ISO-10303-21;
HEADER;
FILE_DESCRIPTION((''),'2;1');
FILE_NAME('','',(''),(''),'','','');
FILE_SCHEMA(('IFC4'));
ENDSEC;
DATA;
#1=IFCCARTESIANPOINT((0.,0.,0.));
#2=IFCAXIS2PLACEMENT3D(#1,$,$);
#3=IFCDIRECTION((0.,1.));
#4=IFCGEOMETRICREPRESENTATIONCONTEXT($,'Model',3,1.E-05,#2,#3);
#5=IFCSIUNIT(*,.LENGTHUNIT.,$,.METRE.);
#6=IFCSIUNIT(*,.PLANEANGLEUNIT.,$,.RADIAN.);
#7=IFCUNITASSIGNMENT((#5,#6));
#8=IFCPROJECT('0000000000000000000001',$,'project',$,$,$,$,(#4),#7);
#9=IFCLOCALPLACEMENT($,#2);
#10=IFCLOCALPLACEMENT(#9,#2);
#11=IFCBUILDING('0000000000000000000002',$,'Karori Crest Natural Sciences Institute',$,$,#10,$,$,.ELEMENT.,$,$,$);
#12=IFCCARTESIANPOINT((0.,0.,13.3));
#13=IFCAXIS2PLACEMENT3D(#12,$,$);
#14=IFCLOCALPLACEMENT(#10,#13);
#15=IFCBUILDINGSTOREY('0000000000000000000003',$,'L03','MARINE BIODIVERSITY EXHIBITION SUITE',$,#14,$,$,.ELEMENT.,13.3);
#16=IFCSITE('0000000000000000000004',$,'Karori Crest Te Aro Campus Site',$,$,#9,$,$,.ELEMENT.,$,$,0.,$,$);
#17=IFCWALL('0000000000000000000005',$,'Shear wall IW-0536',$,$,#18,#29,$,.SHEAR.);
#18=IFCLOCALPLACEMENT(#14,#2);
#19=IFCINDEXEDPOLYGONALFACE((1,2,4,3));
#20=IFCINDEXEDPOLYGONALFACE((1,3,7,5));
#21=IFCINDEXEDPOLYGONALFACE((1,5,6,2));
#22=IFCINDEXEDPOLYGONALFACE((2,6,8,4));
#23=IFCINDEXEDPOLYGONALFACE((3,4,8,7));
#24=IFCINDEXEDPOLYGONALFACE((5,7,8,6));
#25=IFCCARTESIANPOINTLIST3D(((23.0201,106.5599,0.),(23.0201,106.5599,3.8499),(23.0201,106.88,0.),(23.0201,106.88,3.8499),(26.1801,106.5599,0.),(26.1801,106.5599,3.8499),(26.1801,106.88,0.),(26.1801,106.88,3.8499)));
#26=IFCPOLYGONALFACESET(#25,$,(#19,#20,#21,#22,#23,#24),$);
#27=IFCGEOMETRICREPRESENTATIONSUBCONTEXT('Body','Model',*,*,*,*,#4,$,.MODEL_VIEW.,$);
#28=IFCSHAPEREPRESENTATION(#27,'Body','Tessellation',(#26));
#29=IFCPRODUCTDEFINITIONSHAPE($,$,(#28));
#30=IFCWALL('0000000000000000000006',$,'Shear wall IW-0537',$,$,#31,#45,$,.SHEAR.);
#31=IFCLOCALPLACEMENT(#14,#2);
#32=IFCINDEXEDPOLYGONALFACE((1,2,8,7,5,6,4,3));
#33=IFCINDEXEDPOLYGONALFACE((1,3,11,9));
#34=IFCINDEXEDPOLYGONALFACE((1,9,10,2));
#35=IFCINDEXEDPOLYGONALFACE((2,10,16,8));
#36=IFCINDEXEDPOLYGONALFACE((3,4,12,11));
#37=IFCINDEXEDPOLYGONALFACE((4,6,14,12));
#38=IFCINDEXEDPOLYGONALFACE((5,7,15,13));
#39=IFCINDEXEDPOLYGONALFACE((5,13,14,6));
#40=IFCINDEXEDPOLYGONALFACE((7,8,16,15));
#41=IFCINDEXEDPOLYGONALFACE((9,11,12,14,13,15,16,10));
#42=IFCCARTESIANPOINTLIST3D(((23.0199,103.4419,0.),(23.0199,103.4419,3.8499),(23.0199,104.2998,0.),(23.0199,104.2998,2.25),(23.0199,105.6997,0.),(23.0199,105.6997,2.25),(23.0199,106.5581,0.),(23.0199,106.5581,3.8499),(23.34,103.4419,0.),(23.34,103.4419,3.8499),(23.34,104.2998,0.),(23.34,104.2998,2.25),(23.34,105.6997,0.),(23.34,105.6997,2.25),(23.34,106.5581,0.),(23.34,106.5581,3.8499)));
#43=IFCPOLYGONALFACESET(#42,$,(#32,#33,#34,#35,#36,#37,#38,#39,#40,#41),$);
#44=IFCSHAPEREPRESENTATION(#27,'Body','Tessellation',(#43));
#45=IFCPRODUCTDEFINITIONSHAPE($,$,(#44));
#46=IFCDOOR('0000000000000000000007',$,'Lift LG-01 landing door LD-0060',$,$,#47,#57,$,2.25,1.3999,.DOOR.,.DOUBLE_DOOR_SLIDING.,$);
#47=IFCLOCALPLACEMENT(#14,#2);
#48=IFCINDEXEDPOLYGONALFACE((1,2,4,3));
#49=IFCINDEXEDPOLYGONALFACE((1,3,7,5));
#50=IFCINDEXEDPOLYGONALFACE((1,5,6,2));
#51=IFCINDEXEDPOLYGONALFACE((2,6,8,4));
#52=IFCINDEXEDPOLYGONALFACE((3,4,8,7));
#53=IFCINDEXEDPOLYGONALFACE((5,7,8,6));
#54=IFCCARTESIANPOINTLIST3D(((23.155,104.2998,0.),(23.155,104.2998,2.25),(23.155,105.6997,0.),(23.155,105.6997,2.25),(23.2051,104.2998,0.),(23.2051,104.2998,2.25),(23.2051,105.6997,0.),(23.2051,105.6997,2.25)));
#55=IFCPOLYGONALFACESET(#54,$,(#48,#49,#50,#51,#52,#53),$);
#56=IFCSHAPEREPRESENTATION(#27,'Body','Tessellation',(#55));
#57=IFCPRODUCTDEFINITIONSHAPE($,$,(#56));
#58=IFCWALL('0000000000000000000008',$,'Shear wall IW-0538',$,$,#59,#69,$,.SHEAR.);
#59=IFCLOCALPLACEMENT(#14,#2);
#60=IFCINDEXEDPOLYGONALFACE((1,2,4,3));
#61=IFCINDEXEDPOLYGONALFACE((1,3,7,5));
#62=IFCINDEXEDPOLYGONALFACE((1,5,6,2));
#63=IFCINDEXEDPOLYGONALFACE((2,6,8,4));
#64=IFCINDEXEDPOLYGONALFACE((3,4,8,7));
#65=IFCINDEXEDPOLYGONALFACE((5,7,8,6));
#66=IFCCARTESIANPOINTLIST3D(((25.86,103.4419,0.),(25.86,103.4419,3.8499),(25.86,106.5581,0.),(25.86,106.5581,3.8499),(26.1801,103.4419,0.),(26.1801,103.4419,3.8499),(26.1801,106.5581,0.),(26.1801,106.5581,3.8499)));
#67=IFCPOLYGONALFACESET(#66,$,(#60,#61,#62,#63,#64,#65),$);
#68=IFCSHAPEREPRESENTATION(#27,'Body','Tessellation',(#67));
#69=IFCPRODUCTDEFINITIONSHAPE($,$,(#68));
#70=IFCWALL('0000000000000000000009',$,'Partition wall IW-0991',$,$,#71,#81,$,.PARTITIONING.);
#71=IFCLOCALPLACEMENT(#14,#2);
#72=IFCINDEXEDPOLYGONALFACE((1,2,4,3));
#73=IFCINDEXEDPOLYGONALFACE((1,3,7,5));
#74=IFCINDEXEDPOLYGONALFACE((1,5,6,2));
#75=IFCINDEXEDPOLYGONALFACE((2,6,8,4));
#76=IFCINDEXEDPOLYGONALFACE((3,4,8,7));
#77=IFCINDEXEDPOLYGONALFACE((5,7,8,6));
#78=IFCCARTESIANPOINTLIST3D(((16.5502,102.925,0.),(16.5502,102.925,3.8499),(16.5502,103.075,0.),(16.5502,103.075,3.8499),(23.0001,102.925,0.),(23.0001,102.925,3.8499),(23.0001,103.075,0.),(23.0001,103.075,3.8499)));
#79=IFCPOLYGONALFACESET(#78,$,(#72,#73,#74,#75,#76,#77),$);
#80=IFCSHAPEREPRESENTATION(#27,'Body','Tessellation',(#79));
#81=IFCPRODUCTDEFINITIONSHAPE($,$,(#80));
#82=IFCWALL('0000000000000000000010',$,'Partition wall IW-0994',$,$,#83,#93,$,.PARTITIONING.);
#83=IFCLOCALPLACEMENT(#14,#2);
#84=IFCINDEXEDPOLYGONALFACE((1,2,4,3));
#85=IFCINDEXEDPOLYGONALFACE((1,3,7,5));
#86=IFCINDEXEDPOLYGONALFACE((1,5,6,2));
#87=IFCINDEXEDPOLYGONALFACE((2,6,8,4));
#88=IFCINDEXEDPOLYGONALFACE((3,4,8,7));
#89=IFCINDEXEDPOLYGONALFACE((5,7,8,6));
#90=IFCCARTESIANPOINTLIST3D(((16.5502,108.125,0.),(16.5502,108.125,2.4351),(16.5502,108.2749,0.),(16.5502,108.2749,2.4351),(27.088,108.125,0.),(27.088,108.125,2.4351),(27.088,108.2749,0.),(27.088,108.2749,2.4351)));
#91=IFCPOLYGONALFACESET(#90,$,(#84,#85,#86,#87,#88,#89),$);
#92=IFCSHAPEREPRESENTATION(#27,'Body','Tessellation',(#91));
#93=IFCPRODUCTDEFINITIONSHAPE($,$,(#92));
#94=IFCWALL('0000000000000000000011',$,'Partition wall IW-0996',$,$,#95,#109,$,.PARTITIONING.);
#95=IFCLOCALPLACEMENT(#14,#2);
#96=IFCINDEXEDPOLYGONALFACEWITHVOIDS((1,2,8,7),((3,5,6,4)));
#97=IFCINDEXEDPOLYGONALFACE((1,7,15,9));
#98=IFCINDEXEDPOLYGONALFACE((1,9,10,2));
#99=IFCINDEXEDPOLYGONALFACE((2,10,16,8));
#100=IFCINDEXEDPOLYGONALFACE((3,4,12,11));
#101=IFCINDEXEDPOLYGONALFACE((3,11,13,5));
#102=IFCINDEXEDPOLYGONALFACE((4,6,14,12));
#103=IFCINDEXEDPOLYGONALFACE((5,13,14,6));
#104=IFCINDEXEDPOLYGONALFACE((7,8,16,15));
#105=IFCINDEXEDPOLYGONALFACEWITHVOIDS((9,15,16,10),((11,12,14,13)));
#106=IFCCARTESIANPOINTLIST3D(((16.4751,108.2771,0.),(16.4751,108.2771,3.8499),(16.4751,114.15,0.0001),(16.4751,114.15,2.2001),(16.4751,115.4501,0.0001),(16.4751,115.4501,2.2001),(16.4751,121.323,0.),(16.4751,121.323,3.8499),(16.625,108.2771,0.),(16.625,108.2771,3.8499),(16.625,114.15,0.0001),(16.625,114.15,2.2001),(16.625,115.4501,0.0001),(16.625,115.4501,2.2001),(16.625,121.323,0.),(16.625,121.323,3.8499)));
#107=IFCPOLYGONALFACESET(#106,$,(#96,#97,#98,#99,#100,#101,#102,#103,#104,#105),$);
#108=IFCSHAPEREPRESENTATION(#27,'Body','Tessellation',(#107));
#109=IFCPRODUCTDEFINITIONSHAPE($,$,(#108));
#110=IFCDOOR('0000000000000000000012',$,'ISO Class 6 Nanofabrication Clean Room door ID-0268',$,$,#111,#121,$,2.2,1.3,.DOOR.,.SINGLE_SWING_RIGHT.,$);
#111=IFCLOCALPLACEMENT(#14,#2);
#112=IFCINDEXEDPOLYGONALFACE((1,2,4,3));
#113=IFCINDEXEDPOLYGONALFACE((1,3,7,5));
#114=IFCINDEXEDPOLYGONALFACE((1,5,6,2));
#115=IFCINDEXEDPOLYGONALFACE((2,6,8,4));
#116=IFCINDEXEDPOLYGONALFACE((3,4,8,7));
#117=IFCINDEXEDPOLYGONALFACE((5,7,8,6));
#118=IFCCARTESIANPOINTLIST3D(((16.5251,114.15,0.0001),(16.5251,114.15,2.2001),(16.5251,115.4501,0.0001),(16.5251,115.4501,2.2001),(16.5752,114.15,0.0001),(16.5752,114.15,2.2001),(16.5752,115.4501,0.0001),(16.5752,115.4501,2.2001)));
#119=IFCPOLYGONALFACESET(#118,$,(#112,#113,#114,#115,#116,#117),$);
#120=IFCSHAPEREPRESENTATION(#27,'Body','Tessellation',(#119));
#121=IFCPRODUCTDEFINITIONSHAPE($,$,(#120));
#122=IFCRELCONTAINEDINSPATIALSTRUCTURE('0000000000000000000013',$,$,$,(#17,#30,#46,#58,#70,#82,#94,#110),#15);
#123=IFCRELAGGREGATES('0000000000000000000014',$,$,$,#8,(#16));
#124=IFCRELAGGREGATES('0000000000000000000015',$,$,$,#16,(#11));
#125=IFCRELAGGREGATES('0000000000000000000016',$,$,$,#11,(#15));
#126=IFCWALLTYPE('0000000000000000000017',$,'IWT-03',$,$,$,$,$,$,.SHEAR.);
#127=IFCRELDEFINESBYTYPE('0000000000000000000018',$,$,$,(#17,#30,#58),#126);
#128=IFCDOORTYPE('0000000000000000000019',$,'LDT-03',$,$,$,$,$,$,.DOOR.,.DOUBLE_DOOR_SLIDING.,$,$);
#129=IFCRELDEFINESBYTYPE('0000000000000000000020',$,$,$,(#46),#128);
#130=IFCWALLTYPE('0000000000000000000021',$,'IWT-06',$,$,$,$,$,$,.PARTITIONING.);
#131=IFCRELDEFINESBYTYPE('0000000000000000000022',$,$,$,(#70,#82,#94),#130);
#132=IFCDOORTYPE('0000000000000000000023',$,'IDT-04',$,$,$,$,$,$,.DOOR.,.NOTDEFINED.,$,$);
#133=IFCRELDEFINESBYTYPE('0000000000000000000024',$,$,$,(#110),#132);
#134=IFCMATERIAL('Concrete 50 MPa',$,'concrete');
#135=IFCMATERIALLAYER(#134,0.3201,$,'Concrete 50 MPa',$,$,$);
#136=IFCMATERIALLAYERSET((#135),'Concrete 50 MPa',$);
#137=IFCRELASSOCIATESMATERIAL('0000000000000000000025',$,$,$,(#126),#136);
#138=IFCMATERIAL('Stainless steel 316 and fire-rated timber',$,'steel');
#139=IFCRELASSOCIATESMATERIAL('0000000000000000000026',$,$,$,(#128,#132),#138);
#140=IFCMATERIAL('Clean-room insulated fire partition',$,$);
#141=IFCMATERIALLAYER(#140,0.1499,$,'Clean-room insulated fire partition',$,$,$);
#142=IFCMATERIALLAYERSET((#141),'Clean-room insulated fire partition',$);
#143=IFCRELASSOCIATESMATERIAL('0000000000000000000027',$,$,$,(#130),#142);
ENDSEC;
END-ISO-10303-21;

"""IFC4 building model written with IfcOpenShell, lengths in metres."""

from ifc_helpers import new_model, si_unit, direction, frame, frame_2d, origin, place, context, subcontext, project, spatial, rectangle, extrude, material, layer, layer_set, type_object, element, fill, save


model = new_model("IFC4")

# Units and contexts
model_context = context("Model", 3, precision=1e-05, world=origin(), true_north=direction((0.0, 1.0)))
body_context = subcontext(model_context, "Body", "Model", "MODEL_VIEW")
ifc_project = project(units=[si_unit("LENGTHUNIT", "METRE"), si_unit("PLANEANGLEUNIT", "RADIAN")], contexts=[model_context])

# Site, building, storey
site_placement = place(None, origin())
site = spatial("IfcSite", under=ifc_project, at=site_placement, Name="Karori Crest Te Aro Campus Site", CompositionType="ELEMENT", RefElevation=0.0)
building_placement = place(site_placement, origin())
building = spatial("IfcBuilding", under=site, at=building_placement, Name="Karori Crest Natural Sciences Institute", CompositionType="ELEMENT")
storey_placement = place(building_placement, frame((0.0, 0.0, 13.3)))
storey = spatial("IfcBuildingStorey", under=building, at=storey_placement, Name="L03", Description="MARINE BIODIVERSITY EXHIBITION SUITE", CompositionType="ELEMENT", Elevation=13.3)

# Shared definitions
ifc_material_1 = material(Name="Concrete 50 MPa", Category="concrete")

# Wall
ifc_layer_1 = layer(ifc_material_1, 0.3201, Name="Concrete 50 MPa")
ifc_layer_set_1 = layer_set([ifc_layer_1], Name="Concrete 50 MPa")
wall_type_1 = type_object("IfcWallType", Name="IWT-03", PredefinedType="SHEAR", material=ifc_layer_set_1)
for number, where, z_axis, x_axis, name in (
    (1, (23.02, 106.72, 0.0), (0.0, 0.0, 1.0), (1.0, 0.0, 0.0), "Shear wall IW-0536"),
):
    element("IfcWall", number, at=place(storey_placement, frame(where, z_axis=z_axis, x_axis=x_axis)), inside=storey, type_object=wall_type_1, Name=name, PredefinedType="SHEAR", context=body_context, shape_type="SweptSolid", body=[
        extrude(rectangle(XDim=3.1599, YDim=0.3201, at=frame_2d((1.5801, 0.0))), origin(), (0.0, 0.0, 1.0), 3.8499),
    ])

# Wall, opening, door
wall_1_placement = place(storey_placement, frame((23.1799, 103.4419, 0.0), z_axis=(0.0, 0.0, 1.0), x_axis=(0.0, 1.0, 0.0)))
wall_1 = element("IfcWall", 2, at=wall_1_placement, inside=storey, type_object=wall_type_1, Name="Shear wall IW-0537", PredefinedType="SHEAR", context=body_context, shape_type="SweptSolid", body=[
    extrude(rectangle(XDim=3.1162, YDim=0.3201, at=frame_2d((1.5581, 0.0))), origin(), (0.0, 0.0, 1.0), 3.8499),
])
opening_1_placement = place(wall_1_placement, frame((0.8579, 0.0, 0.0)))
opening_1 = element("IfcOpeningElement", 3, at=opening_1_placement, cuts=wall_1, PredefinedType="OPENING", context=body_context, shape_type="SweptSolid", body=[
    extrude(rectangle(XDim=1.3999, YDim=2.25, at=frame_2d((0.7, 1.125))), frame((0.0, 0.1699, 0.0), z_axis=(0.0, -1.0, 0.0), x_axis=(1.0, 0.0, 0.0)), (0.0, 0.0, 1.0), 0.3401),
])
ifc_material_2 = material(Name="Stainless steel 316 and fire-rated timber", Category="steel")
door_type_1 = type_object("IfcDoorType", Name="LDT-03", OperationType="DOUBLE_DOOR_SLIDING", PredefinedType="DOOR", material=ifc_material_2)
door_1_placement = place(opening_1_placement, origin())
door_1 = element("IfcDoor", 4, at=door_1_placement, inside=storey, type_object=door_type_1, Name="Lift LG-01 landing door LD-0060", OperationType="DOUBLE_DOOR_SLIDING", OverallHeight=2.25, OverallWidth=1.3999, PredefinedType="DOOR", context=body_context, shape_type="SweptSolid", body=[
    extrude(rectangle(XDim=1.3999, YDim=2.25, at=frame_2d((0.7, 1.125))), frame((0.0, 0.0249, 0.0), z_axis=(0.0, -1.0, 0.0), x_axis=(1.0, 0.0, 0.0)), (0.0, 0.0, 1.0), 0.05),
])
fill(opening_1, door_1)

# Walls
wall_2_placement = place(storey_placement, frame((26.02, 103.4419, 0.0), z_axis=(0.0, 0.0, 1.0), x_axis=(0.0, 1.0, 0.0)))
element("IfcWall", 5, at=wall_2_placement, inside=storey, type_object=wall_type_1, Name="Shear wall IW-0538", PredefinedType="SHEAR", context=body_context, shape_type="SweptSolid", body=[
    extrude(rectangle(XDim=3.1162, YDim=0.3201, at=frame_2d((1.5581, 0.0))), origin(), (0.0, 0.0, 1.0), 3.8499),
])
ifc_material_3 = material(Name="Clean-room insulated fire partition")
ifc_layer_2 = layer(ifc_material_3, 0.1499, Name="Clean-room insulated fire partition")
ifc_layer_set_2 = layer_set([ifc_layer_2], Name="Clean-room insulated fire partition")
wall_type_2 = type_object("IfcWallType", Name="IWT-06", PredefinedType="PARTITIONING", material=ifc_layer_set_2)
wall_3_placement = place(storey_placement, frame((16.55, 103.0, 0.0), z_axis=(0.0, 0.0, 1.0), x_axis=(1.0, 0.0, 0.0)))
element("IfcWall", 6, at=wall_3_placement, inside=storey, type_object=wall_type_2, Name="Partition wall IW-0991", PredefinedType="PARTITIONING", context=body_context, shape_type="SweptSolid", body=[
    extrude(rectangle(XDim=6.45, YDim=0.1499, at=frame_2d((3.2251, 0.0))), origin(), (0.0, 0.0, 1.0), 3.8499),
])
wall_4_placement = place(storey_placement, frame((16.55, 108.2, 0.0), z_axis=(0.0, 0.0, 1.0), x_axis=(1.0, 0.0, 0.0)))
element("IfcWall", 7, at=wall_4_placement, inside=storey, type_object=wall_type_2, Name="Partition wall IW-0994", PredefinedType="PARTITIONING", context=body_context, shape_type="SweptSolid", body=[
    extrude(rectangle(XDim=10.5378, YDim=0.1499, at=frame_2d((5.269, 0.0))), origin(), (0.0, 0.0, 1.0), 2.4351),
])

# Wall, opening, door
wall_5_placement = place(storey_placement, frame((16.55, 108.2771, 0.0), z_axis=(0.0, 0.0, 1.0), x_axis=(0.0, 1.0, 0.0)))
wall_5 = element("IfcWall", 8, at=wall_5_placement, inside=storey, type_object=wall_type_2, Name="Partition wall IW-0996", PredefinedType="PARTITIONING", context=body_context, shape_type="SweptSolid", body=[
    extrude(rectangle(XDim=13.0459, YDim=0.1499, at=frame_2d((6.5229, 0.0))), origin(), (0.0, 0.0, 1.0), 3.8499),
])
opening_2_placement = place(wall_5_placement, frame((5.873, 0.0, 0.0)))
opening_2 = element("IfcOpeningElement", 9, at=opening_2_placement, cuts=wall_5, PredefinedType="OPENING", context=body_context, shape_type="SweptSolid", body=[
    extrude(rectangle(XDim=1.3, YDim=2.2, at=frame_2d((0.6499, 1.1001))), frame((0.0, 0.085, 0.0), z_axis=(0.0, -1.0, 0.0), x_axis=(1.0, 0.0, 0.0)), (0.0, 0.0, 1.0), 0.1699),
])
door_type_2 = type_object("IfcDoorType", Name="IDT-04", OperationType="NOTDEFINED", PredefinedType="DOOR", material=ifc_material_2)
door_2_placement = place(opening_2_placement, origin())
door_2 = element("IfcDoor", 10, at=door_2_placement, inside=storey, type_object=door_type_2, Name="ISO Class 6 Nanofabrication Clean Room door ID-0268", OperationType="SINGLE_SWING_RIGHT", OverallHeight=2.2, OverallWidth=1.3, PredefinedType="DOOR", context=body_context, shape_type="SweptSolid", body=[
    extrude(rectangle(XDim=1.3, YDim=2.2, at=frame_2d((0.6499, 1.1001))), frame((0.0, 0.0249, 0.0), z_axis=(0.0, -1.0, 0.0), x_axis=(1.0, 0.0, 0.0)), (0.0, 0.0, 1.0), 0.05),
])
fill(opening_2, door_2)

save(model, "model.ifc")
